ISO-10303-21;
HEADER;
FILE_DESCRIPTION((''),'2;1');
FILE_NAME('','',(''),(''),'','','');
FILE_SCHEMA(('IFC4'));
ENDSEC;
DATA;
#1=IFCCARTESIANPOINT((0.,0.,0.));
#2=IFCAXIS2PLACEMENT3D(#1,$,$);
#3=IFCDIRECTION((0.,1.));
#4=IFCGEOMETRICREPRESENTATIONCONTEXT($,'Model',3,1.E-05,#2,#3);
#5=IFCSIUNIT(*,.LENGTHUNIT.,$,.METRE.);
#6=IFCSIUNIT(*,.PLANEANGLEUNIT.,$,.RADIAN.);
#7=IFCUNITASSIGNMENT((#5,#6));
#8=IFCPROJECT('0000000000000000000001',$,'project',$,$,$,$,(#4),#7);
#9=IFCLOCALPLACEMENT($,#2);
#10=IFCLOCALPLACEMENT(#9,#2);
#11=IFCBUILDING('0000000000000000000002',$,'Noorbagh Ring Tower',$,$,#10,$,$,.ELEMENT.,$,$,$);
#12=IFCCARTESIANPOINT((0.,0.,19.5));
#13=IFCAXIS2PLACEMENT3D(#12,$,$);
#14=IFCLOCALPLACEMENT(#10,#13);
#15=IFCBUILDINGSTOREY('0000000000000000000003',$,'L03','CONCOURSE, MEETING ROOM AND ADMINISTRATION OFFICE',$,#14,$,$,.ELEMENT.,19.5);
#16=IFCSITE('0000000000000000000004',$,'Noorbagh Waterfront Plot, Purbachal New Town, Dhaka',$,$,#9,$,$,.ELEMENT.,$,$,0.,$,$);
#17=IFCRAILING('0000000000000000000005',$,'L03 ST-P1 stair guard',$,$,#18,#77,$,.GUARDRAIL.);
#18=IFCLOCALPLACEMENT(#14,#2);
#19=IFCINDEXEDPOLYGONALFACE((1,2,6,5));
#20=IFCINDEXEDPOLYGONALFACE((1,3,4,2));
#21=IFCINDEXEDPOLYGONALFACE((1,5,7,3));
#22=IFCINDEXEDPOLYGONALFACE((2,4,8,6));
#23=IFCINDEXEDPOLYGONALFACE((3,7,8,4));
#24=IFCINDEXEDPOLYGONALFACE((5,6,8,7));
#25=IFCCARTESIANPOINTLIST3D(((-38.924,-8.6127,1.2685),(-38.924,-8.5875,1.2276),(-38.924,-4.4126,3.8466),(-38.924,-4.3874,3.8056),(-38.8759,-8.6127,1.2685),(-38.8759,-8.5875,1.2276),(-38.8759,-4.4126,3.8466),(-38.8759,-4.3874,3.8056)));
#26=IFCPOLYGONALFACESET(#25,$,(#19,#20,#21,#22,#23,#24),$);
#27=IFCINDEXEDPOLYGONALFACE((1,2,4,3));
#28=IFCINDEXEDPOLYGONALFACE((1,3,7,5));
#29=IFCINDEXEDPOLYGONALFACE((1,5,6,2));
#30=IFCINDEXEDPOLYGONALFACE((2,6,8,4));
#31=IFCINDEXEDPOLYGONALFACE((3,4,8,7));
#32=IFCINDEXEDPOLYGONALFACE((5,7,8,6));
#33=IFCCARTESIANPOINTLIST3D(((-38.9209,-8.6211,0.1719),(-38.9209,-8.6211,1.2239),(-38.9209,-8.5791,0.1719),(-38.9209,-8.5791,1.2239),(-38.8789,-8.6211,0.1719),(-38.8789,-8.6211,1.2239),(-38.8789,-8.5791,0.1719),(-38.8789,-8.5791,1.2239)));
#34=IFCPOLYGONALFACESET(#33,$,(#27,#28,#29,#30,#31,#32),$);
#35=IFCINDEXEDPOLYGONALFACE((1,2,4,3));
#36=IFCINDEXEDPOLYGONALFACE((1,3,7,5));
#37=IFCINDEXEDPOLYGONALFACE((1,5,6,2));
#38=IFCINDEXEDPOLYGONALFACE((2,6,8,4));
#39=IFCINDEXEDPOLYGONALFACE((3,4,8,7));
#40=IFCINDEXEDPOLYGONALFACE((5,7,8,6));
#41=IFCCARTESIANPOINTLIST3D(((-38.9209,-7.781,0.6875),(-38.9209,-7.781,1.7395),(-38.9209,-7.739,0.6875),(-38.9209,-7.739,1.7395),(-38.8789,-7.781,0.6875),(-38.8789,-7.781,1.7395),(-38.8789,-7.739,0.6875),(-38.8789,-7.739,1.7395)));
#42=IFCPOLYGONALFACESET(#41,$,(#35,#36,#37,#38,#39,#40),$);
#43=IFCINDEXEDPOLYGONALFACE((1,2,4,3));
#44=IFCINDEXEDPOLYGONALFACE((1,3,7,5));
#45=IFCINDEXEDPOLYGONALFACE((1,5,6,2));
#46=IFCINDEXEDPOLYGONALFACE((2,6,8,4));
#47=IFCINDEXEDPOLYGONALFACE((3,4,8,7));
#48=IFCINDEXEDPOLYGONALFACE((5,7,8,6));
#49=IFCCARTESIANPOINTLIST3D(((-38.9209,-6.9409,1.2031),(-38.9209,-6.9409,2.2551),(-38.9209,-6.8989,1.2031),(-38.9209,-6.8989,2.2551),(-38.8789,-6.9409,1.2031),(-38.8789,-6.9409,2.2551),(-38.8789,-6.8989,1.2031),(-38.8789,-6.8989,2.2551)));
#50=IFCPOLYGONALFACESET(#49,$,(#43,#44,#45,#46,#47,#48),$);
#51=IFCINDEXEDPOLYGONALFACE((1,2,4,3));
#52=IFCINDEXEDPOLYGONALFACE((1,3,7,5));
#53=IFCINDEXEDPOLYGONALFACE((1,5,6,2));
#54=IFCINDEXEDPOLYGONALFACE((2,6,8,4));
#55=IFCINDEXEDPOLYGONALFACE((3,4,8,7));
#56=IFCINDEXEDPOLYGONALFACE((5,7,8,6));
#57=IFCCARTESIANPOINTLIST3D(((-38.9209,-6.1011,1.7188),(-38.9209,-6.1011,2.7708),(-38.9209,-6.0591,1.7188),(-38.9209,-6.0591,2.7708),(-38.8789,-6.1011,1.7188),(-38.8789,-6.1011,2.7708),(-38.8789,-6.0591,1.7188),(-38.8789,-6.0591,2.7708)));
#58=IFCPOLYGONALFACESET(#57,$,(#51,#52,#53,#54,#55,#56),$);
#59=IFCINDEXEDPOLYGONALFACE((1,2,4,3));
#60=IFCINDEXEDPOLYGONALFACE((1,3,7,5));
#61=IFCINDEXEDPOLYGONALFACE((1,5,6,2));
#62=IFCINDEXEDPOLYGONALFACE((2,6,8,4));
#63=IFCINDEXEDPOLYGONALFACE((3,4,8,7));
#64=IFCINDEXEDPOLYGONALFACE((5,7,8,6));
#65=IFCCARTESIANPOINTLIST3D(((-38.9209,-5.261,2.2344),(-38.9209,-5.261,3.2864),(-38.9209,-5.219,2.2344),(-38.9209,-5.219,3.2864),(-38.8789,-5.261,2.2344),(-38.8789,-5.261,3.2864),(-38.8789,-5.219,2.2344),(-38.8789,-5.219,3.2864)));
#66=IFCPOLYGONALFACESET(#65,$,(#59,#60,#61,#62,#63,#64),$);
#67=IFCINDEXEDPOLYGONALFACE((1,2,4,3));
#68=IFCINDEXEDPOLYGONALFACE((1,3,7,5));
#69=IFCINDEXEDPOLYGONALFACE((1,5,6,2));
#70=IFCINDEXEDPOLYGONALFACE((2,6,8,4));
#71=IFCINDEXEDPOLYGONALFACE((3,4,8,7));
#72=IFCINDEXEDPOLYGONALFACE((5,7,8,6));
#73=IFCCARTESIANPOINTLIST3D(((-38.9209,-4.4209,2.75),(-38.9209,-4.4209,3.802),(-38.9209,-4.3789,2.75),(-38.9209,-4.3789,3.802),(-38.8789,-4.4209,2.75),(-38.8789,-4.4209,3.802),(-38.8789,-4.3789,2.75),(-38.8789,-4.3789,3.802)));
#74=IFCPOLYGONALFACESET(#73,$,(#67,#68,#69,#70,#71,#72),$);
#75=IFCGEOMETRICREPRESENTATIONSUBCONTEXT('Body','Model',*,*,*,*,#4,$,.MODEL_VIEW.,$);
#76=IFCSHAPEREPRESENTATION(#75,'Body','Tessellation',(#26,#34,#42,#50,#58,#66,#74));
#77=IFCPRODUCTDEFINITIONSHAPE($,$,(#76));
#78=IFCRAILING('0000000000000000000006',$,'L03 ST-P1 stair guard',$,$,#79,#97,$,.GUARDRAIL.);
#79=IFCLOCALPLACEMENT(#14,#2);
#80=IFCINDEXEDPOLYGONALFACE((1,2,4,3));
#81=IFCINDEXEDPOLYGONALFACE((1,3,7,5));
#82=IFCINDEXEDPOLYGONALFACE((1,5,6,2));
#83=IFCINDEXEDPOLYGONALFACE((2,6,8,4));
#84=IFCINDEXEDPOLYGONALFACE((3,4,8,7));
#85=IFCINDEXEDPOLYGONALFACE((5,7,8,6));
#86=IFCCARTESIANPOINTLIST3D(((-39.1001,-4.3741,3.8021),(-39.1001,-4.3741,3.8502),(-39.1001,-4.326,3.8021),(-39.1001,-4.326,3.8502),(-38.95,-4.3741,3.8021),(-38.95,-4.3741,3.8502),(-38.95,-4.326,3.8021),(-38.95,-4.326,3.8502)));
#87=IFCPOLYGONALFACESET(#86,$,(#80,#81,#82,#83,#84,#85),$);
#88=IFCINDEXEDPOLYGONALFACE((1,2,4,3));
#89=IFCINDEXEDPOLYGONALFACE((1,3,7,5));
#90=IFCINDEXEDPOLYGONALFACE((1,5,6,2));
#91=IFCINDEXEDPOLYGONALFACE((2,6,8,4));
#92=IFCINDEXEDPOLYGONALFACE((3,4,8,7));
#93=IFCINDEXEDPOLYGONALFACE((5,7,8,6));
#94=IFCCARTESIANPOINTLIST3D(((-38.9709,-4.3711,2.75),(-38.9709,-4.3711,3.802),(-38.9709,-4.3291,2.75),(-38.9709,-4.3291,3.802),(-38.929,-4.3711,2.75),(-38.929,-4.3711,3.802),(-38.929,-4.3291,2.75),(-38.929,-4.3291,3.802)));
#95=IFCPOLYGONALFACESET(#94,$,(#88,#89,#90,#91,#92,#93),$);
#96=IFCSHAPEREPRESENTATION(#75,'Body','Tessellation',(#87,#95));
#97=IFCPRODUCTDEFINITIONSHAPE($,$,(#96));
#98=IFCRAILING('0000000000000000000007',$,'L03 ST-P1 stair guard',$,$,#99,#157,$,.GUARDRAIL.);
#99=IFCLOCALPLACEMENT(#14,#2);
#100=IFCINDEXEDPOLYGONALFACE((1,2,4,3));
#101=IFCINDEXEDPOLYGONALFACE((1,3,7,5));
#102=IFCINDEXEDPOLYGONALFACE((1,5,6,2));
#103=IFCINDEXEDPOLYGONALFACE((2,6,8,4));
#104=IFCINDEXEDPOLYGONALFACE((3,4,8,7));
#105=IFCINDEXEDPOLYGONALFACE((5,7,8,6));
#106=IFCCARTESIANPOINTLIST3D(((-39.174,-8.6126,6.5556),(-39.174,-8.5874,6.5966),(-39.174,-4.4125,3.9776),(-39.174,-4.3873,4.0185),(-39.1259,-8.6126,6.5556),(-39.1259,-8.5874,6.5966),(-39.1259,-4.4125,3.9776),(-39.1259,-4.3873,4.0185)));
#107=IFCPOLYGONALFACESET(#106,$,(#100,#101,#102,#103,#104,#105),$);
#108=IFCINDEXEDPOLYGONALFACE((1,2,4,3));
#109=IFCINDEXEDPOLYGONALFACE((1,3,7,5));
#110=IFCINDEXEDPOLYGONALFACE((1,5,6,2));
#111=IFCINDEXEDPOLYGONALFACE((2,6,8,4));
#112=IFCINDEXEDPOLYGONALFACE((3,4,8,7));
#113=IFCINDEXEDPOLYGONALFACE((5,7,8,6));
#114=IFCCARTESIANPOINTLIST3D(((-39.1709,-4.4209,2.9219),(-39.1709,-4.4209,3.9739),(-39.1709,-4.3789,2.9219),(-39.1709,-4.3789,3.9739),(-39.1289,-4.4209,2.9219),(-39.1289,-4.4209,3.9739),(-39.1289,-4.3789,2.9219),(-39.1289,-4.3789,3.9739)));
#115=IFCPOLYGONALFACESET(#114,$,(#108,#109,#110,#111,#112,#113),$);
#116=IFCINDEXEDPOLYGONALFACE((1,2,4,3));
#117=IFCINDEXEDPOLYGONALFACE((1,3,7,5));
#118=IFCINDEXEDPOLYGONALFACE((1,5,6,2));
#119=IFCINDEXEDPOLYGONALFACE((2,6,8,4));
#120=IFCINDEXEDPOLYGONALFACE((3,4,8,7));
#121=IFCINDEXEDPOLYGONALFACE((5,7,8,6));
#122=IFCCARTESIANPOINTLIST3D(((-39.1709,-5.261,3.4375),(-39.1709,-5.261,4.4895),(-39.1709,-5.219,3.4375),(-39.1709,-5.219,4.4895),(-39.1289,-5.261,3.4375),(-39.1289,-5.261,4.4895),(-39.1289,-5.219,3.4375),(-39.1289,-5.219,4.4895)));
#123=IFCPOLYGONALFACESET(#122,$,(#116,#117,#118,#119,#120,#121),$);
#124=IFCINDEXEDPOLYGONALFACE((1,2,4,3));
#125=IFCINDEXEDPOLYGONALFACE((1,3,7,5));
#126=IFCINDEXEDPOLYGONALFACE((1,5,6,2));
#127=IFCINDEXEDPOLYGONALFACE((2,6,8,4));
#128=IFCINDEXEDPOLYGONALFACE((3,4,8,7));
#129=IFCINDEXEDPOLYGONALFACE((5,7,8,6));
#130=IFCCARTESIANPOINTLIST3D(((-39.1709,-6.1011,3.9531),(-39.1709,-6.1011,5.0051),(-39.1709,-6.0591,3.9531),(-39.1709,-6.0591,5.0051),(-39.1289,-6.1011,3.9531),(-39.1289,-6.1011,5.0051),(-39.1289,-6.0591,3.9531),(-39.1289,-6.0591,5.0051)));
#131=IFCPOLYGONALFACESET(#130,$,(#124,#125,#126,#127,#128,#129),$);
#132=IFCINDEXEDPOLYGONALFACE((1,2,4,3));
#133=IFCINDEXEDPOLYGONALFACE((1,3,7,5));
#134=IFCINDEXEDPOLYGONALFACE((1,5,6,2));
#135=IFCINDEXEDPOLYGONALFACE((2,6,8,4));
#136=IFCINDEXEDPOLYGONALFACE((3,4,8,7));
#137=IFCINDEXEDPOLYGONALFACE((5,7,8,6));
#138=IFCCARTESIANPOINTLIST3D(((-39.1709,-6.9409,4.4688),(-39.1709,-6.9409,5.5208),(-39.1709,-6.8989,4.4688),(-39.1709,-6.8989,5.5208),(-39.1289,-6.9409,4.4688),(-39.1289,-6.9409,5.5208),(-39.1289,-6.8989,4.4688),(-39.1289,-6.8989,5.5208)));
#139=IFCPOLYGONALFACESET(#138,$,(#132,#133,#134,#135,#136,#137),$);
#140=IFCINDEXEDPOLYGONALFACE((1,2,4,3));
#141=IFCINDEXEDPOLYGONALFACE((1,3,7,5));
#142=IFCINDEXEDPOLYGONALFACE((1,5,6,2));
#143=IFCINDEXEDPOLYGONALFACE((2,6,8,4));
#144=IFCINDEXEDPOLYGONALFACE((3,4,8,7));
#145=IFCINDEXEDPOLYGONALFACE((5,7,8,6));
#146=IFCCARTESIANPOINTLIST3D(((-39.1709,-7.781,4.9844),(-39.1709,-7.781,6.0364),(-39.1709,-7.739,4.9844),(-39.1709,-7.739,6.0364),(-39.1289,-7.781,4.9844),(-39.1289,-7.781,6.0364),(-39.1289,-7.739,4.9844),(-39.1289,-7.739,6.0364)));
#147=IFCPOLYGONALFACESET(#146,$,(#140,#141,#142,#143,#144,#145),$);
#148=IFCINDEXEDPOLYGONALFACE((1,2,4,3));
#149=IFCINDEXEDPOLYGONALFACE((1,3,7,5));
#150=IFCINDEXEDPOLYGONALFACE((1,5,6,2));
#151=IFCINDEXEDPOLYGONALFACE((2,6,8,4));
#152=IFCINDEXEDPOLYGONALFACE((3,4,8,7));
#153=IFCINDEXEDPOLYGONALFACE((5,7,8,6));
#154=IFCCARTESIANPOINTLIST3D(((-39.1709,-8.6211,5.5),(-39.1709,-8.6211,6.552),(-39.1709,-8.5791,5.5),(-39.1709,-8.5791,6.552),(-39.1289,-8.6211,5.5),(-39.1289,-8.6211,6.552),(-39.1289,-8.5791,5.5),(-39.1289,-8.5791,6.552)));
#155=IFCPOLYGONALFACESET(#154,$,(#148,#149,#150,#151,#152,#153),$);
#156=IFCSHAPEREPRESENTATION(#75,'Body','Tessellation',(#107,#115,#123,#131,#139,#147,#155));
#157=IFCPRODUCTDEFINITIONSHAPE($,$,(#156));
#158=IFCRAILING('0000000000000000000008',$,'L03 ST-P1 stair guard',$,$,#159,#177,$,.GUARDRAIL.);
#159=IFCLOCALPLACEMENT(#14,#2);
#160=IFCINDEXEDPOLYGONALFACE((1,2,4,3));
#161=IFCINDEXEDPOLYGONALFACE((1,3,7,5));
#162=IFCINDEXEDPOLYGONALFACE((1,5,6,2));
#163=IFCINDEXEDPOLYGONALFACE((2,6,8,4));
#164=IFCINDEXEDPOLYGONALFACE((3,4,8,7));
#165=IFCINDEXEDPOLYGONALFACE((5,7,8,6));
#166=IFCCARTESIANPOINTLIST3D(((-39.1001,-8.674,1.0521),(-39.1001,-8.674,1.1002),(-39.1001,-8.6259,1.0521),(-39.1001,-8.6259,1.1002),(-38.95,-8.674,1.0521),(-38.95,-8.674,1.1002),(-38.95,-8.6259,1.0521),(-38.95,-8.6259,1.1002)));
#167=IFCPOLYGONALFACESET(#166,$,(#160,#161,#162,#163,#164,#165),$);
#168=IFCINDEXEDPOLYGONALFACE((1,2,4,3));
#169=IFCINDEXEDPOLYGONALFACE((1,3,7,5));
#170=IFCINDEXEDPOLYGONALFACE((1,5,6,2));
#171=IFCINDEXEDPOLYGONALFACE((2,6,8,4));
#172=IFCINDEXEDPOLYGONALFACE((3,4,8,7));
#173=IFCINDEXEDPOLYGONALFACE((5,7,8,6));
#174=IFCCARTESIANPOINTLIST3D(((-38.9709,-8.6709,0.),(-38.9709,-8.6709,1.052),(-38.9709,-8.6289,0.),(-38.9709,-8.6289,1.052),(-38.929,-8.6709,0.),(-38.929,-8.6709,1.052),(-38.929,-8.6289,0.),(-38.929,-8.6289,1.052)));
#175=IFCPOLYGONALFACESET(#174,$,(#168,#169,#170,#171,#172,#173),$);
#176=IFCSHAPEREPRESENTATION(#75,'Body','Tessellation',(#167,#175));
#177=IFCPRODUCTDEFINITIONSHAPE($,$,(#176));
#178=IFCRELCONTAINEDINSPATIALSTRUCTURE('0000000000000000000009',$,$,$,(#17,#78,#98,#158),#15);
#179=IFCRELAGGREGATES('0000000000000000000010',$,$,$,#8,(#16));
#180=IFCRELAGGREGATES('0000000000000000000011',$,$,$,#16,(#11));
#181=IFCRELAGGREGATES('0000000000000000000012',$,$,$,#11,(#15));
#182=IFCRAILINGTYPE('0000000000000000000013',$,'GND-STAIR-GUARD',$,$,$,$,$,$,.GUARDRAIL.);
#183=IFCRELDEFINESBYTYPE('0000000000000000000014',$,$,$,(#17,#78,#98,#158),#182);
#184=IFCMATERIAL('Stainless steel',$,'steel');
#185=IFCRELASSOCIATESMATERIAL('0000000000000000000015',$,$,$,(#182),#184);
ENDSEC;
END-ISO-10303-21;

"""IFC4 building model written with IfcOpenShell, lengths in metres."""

from ifc_helpers import new_model, si_unit, direction, frame, origin, origin_2d, place, context, subcontext, project, spatial, rectangle, extrude, material, type_object, element, save


model = new_model("IFC4")

# Units and contexts
model_context = context("Model", 3, precision=1e-05, world=origin(), true_north=direction((0.0, 1.0)))
body_context = subcontext(model_context, "Body", "Model", "MODEL_VIEW")
ifc_project = project(units=[si_unit("LENGTHUNIT", "METRE"), si_unit("PLANEANGLEUNIT", "RADIAN")], contexts=[model_context])

# Site, building, storey
site_placement = place(None, origin())
site = spatial("IfcSite", under=ifc_project, at=site_placement, Name="Noorbagh Waterfront Plot, Purbachal New Town, Dhaka", CompositionType="ELEMENT", RefElevation=0.0)
building_placement = place(site_placement, origin())
building = spatial("IfcBuilding", under=site, at=building_placement, Name="Noorbagh Ring Tower", CompositionType="ELEMENT")
storey_placement = place(building_placement, frame((0.0, 0.0, 19.5)))
storey = spatial("IfcBuildingStorey", under=building, at=storey_placement, Name="L03", Description="CONCOURSE, MEETING ROOM AND ADMINISTRATION OFFICE", CompositionType="ELEMENT", Elevation=19.5)

# Railings
ifc_material_1 = material(Name="Stainless steel", Category="steel")
railing_type_1 = type_object("IfcRailingType", Name="GND-STAIR-GUARD", PredefinedType="GUARDRAIL", material=ifc_material_1)
railing_1_placement = place(storey_placement, frame((-38.8999, -8.6001, 0.1719)))
element("IfcRailing", 1, at=railing_1_placement, inside=storey, type_object=railing_type_1, Name="L03 ST-P1 stair guard", PredefinedType="GUARDRAIL", context=body_context, shape_type="SweptSolid", body=[
    extrude(rectangle(XDim=0.0481, YDim=0.0481, at=origin_2d()), frame((0.0, 0.0, 1.0762), z_axis=(0.0, 0.852256, 0.523124), x_axis=(-1.0, 0.0, 0.0)), (0.0, 0.0, 1.0), 4.9282),
    extrude(rectangle(XDim=0.042, YDim=0.042, at=origin_2d()), origin(), (0.0, 0.0, 1.0), 1.052),
    extrude(rectangle(XDim=0.042, YDim=0.042, at=origin_2d()), frame((0.0, 0.8401, 0.5156)), (0.0, 0.0, 1.0), 1.052),
    extrude(rectangle(XDim=0.042, YDim=0.042, at=origin_2d()), frame((0.0, 1.6802, 1.0312)), (0.0, 0.0, 1.0), 1.052),
    extrude(rectangle(XDim=0.042, YDim=0.042, at=origin_2d()), frame((0.0, 2.52, 1.5469)), (0.0, 0.0, 1.0), 1.052),
    extrude(rectangle(XDim=0.042, YDim=0.042, at=origin_2d()), frame((0.0, 3.3601, 2.0625)), (0.0, 0.0, 1.0), 1.052),
    extrude(rectangle(XDim=0.042, YDim=0.042, at=origin_2d()), frame((0.0, 4.2002, 2.5781)), (0.0, 0.0, 1.0), 1.052),
])
railing_2_placement = place(storey_placement, frame((-38.95, -4.3501, 2.75)))
element("IfcRailing", 2, at=railing_2_placement, inside=storey, type_object=railing_type_1, Name="L03 ST-P1 stair guard", PredefinedType="GUARDRAIL", context=body_context, shape_type="SweptSolid", body=[
    extrude(rectangle(XDim=0.0481, YDim=0.0481, at=origin_2d()), frame((0.0, 0.0, 1.0762), z_axis=(-1.0, 0.0, 0.0), x_axis=(0.0, -1.0, 0.0)), (0.0, 0.0, 1.0), 0.1501),
    extrude(rectangle(XDim=0.042, YDim=0.042, at=origin_2d()), origin(), (0.0, 0.0, 1.0), 1.052),
])
railing_3_placement = place(storey_placement, frame((-39.1499, -4.3999, 2.9219)))
element("IfcRailing", 3, at=railing_3_placement, inside=storey, type_object=railing_type_1, Name="L03 ST-P1 stair guard", PredefinedType="GUARDRAIL", context=body_context, shape_type="SweptSolid", body=[
    extrude(rectangle(XDim=0.0481, YDim=0.0481, at=origin_2d()), frame((0.0, 0.0, 1.0762), z_axis=(0.0, -0.852256, 0.523124), x_axis=(1.0, 0.0, 0.0)), (0.0, 0.0, 1.0), 4.9282),
    extrude(rectangle(XDim=0.042, YDim=0.042, at=origin_2d()), origin(), (0.0, 0.0, 1.0), 1.052),
    extrude(rectangle(XDim=0.042, YDim=0.042, at=origin_2d()), frame((0.0, -0.8401, 0.5156)), (0.0, 0.0, 1.0), 1.052),
    extrude(rectangle(XDim=0.042, YDim=0.042, at=origin_2d()), frame((0.0, -1.6802, 1.0312)), (0.0, 0.0, 1.0), 1.052),
    extrude(rectangle(XDim=0.042, YDim=0.042, at=origin_2d()), frame((0.0, -2.52, 1.5469)), (0.0, 0.0, 1.0), 1.052),
    extrude(rectangle(XDim=0.042, YDim=0.042, at=origin_2d()), frame((0.0, -3.3601, 2.0625)), (0.0, 0.0, 1.0), 1.052),
    extrude(rectangle(XDim=0.042, YDim=0.042, at=origin_2d()), frame((0.0, -4.2002, 2.5781)), (0.0, 0.0, 1.0), 1.052),
])
railing_4_placement = place(storey_placement, frame((-38.95, -8.6499, 0.0)))
element("IfcRailing", 4, at=railing_4_placement, inside=storey, type_object=railing_type_1, Name="L03 ST-P1 stair guard", PredefinedType="GUARDRAIL", context=body_context, shape_type="SweptSolid", body=[
    extrude(rectangle(XDim=0.0481, YDim=0.0481, at=origin_2d()), frame((0.0, 0.0, 1.0762), z_axis=(-1.0, 0.0, 0.0), x_axis=(0.0, -1.0, 0.0)), (0.0, 0.0, 1.0), 0.1501),
    extrude(rectangle(XDim=0.042, YDim=0.042, at=origin_2d()), origin(), (0.0, 0.0, 1.0), 1.052),
])

save(model, "model.ifc")
